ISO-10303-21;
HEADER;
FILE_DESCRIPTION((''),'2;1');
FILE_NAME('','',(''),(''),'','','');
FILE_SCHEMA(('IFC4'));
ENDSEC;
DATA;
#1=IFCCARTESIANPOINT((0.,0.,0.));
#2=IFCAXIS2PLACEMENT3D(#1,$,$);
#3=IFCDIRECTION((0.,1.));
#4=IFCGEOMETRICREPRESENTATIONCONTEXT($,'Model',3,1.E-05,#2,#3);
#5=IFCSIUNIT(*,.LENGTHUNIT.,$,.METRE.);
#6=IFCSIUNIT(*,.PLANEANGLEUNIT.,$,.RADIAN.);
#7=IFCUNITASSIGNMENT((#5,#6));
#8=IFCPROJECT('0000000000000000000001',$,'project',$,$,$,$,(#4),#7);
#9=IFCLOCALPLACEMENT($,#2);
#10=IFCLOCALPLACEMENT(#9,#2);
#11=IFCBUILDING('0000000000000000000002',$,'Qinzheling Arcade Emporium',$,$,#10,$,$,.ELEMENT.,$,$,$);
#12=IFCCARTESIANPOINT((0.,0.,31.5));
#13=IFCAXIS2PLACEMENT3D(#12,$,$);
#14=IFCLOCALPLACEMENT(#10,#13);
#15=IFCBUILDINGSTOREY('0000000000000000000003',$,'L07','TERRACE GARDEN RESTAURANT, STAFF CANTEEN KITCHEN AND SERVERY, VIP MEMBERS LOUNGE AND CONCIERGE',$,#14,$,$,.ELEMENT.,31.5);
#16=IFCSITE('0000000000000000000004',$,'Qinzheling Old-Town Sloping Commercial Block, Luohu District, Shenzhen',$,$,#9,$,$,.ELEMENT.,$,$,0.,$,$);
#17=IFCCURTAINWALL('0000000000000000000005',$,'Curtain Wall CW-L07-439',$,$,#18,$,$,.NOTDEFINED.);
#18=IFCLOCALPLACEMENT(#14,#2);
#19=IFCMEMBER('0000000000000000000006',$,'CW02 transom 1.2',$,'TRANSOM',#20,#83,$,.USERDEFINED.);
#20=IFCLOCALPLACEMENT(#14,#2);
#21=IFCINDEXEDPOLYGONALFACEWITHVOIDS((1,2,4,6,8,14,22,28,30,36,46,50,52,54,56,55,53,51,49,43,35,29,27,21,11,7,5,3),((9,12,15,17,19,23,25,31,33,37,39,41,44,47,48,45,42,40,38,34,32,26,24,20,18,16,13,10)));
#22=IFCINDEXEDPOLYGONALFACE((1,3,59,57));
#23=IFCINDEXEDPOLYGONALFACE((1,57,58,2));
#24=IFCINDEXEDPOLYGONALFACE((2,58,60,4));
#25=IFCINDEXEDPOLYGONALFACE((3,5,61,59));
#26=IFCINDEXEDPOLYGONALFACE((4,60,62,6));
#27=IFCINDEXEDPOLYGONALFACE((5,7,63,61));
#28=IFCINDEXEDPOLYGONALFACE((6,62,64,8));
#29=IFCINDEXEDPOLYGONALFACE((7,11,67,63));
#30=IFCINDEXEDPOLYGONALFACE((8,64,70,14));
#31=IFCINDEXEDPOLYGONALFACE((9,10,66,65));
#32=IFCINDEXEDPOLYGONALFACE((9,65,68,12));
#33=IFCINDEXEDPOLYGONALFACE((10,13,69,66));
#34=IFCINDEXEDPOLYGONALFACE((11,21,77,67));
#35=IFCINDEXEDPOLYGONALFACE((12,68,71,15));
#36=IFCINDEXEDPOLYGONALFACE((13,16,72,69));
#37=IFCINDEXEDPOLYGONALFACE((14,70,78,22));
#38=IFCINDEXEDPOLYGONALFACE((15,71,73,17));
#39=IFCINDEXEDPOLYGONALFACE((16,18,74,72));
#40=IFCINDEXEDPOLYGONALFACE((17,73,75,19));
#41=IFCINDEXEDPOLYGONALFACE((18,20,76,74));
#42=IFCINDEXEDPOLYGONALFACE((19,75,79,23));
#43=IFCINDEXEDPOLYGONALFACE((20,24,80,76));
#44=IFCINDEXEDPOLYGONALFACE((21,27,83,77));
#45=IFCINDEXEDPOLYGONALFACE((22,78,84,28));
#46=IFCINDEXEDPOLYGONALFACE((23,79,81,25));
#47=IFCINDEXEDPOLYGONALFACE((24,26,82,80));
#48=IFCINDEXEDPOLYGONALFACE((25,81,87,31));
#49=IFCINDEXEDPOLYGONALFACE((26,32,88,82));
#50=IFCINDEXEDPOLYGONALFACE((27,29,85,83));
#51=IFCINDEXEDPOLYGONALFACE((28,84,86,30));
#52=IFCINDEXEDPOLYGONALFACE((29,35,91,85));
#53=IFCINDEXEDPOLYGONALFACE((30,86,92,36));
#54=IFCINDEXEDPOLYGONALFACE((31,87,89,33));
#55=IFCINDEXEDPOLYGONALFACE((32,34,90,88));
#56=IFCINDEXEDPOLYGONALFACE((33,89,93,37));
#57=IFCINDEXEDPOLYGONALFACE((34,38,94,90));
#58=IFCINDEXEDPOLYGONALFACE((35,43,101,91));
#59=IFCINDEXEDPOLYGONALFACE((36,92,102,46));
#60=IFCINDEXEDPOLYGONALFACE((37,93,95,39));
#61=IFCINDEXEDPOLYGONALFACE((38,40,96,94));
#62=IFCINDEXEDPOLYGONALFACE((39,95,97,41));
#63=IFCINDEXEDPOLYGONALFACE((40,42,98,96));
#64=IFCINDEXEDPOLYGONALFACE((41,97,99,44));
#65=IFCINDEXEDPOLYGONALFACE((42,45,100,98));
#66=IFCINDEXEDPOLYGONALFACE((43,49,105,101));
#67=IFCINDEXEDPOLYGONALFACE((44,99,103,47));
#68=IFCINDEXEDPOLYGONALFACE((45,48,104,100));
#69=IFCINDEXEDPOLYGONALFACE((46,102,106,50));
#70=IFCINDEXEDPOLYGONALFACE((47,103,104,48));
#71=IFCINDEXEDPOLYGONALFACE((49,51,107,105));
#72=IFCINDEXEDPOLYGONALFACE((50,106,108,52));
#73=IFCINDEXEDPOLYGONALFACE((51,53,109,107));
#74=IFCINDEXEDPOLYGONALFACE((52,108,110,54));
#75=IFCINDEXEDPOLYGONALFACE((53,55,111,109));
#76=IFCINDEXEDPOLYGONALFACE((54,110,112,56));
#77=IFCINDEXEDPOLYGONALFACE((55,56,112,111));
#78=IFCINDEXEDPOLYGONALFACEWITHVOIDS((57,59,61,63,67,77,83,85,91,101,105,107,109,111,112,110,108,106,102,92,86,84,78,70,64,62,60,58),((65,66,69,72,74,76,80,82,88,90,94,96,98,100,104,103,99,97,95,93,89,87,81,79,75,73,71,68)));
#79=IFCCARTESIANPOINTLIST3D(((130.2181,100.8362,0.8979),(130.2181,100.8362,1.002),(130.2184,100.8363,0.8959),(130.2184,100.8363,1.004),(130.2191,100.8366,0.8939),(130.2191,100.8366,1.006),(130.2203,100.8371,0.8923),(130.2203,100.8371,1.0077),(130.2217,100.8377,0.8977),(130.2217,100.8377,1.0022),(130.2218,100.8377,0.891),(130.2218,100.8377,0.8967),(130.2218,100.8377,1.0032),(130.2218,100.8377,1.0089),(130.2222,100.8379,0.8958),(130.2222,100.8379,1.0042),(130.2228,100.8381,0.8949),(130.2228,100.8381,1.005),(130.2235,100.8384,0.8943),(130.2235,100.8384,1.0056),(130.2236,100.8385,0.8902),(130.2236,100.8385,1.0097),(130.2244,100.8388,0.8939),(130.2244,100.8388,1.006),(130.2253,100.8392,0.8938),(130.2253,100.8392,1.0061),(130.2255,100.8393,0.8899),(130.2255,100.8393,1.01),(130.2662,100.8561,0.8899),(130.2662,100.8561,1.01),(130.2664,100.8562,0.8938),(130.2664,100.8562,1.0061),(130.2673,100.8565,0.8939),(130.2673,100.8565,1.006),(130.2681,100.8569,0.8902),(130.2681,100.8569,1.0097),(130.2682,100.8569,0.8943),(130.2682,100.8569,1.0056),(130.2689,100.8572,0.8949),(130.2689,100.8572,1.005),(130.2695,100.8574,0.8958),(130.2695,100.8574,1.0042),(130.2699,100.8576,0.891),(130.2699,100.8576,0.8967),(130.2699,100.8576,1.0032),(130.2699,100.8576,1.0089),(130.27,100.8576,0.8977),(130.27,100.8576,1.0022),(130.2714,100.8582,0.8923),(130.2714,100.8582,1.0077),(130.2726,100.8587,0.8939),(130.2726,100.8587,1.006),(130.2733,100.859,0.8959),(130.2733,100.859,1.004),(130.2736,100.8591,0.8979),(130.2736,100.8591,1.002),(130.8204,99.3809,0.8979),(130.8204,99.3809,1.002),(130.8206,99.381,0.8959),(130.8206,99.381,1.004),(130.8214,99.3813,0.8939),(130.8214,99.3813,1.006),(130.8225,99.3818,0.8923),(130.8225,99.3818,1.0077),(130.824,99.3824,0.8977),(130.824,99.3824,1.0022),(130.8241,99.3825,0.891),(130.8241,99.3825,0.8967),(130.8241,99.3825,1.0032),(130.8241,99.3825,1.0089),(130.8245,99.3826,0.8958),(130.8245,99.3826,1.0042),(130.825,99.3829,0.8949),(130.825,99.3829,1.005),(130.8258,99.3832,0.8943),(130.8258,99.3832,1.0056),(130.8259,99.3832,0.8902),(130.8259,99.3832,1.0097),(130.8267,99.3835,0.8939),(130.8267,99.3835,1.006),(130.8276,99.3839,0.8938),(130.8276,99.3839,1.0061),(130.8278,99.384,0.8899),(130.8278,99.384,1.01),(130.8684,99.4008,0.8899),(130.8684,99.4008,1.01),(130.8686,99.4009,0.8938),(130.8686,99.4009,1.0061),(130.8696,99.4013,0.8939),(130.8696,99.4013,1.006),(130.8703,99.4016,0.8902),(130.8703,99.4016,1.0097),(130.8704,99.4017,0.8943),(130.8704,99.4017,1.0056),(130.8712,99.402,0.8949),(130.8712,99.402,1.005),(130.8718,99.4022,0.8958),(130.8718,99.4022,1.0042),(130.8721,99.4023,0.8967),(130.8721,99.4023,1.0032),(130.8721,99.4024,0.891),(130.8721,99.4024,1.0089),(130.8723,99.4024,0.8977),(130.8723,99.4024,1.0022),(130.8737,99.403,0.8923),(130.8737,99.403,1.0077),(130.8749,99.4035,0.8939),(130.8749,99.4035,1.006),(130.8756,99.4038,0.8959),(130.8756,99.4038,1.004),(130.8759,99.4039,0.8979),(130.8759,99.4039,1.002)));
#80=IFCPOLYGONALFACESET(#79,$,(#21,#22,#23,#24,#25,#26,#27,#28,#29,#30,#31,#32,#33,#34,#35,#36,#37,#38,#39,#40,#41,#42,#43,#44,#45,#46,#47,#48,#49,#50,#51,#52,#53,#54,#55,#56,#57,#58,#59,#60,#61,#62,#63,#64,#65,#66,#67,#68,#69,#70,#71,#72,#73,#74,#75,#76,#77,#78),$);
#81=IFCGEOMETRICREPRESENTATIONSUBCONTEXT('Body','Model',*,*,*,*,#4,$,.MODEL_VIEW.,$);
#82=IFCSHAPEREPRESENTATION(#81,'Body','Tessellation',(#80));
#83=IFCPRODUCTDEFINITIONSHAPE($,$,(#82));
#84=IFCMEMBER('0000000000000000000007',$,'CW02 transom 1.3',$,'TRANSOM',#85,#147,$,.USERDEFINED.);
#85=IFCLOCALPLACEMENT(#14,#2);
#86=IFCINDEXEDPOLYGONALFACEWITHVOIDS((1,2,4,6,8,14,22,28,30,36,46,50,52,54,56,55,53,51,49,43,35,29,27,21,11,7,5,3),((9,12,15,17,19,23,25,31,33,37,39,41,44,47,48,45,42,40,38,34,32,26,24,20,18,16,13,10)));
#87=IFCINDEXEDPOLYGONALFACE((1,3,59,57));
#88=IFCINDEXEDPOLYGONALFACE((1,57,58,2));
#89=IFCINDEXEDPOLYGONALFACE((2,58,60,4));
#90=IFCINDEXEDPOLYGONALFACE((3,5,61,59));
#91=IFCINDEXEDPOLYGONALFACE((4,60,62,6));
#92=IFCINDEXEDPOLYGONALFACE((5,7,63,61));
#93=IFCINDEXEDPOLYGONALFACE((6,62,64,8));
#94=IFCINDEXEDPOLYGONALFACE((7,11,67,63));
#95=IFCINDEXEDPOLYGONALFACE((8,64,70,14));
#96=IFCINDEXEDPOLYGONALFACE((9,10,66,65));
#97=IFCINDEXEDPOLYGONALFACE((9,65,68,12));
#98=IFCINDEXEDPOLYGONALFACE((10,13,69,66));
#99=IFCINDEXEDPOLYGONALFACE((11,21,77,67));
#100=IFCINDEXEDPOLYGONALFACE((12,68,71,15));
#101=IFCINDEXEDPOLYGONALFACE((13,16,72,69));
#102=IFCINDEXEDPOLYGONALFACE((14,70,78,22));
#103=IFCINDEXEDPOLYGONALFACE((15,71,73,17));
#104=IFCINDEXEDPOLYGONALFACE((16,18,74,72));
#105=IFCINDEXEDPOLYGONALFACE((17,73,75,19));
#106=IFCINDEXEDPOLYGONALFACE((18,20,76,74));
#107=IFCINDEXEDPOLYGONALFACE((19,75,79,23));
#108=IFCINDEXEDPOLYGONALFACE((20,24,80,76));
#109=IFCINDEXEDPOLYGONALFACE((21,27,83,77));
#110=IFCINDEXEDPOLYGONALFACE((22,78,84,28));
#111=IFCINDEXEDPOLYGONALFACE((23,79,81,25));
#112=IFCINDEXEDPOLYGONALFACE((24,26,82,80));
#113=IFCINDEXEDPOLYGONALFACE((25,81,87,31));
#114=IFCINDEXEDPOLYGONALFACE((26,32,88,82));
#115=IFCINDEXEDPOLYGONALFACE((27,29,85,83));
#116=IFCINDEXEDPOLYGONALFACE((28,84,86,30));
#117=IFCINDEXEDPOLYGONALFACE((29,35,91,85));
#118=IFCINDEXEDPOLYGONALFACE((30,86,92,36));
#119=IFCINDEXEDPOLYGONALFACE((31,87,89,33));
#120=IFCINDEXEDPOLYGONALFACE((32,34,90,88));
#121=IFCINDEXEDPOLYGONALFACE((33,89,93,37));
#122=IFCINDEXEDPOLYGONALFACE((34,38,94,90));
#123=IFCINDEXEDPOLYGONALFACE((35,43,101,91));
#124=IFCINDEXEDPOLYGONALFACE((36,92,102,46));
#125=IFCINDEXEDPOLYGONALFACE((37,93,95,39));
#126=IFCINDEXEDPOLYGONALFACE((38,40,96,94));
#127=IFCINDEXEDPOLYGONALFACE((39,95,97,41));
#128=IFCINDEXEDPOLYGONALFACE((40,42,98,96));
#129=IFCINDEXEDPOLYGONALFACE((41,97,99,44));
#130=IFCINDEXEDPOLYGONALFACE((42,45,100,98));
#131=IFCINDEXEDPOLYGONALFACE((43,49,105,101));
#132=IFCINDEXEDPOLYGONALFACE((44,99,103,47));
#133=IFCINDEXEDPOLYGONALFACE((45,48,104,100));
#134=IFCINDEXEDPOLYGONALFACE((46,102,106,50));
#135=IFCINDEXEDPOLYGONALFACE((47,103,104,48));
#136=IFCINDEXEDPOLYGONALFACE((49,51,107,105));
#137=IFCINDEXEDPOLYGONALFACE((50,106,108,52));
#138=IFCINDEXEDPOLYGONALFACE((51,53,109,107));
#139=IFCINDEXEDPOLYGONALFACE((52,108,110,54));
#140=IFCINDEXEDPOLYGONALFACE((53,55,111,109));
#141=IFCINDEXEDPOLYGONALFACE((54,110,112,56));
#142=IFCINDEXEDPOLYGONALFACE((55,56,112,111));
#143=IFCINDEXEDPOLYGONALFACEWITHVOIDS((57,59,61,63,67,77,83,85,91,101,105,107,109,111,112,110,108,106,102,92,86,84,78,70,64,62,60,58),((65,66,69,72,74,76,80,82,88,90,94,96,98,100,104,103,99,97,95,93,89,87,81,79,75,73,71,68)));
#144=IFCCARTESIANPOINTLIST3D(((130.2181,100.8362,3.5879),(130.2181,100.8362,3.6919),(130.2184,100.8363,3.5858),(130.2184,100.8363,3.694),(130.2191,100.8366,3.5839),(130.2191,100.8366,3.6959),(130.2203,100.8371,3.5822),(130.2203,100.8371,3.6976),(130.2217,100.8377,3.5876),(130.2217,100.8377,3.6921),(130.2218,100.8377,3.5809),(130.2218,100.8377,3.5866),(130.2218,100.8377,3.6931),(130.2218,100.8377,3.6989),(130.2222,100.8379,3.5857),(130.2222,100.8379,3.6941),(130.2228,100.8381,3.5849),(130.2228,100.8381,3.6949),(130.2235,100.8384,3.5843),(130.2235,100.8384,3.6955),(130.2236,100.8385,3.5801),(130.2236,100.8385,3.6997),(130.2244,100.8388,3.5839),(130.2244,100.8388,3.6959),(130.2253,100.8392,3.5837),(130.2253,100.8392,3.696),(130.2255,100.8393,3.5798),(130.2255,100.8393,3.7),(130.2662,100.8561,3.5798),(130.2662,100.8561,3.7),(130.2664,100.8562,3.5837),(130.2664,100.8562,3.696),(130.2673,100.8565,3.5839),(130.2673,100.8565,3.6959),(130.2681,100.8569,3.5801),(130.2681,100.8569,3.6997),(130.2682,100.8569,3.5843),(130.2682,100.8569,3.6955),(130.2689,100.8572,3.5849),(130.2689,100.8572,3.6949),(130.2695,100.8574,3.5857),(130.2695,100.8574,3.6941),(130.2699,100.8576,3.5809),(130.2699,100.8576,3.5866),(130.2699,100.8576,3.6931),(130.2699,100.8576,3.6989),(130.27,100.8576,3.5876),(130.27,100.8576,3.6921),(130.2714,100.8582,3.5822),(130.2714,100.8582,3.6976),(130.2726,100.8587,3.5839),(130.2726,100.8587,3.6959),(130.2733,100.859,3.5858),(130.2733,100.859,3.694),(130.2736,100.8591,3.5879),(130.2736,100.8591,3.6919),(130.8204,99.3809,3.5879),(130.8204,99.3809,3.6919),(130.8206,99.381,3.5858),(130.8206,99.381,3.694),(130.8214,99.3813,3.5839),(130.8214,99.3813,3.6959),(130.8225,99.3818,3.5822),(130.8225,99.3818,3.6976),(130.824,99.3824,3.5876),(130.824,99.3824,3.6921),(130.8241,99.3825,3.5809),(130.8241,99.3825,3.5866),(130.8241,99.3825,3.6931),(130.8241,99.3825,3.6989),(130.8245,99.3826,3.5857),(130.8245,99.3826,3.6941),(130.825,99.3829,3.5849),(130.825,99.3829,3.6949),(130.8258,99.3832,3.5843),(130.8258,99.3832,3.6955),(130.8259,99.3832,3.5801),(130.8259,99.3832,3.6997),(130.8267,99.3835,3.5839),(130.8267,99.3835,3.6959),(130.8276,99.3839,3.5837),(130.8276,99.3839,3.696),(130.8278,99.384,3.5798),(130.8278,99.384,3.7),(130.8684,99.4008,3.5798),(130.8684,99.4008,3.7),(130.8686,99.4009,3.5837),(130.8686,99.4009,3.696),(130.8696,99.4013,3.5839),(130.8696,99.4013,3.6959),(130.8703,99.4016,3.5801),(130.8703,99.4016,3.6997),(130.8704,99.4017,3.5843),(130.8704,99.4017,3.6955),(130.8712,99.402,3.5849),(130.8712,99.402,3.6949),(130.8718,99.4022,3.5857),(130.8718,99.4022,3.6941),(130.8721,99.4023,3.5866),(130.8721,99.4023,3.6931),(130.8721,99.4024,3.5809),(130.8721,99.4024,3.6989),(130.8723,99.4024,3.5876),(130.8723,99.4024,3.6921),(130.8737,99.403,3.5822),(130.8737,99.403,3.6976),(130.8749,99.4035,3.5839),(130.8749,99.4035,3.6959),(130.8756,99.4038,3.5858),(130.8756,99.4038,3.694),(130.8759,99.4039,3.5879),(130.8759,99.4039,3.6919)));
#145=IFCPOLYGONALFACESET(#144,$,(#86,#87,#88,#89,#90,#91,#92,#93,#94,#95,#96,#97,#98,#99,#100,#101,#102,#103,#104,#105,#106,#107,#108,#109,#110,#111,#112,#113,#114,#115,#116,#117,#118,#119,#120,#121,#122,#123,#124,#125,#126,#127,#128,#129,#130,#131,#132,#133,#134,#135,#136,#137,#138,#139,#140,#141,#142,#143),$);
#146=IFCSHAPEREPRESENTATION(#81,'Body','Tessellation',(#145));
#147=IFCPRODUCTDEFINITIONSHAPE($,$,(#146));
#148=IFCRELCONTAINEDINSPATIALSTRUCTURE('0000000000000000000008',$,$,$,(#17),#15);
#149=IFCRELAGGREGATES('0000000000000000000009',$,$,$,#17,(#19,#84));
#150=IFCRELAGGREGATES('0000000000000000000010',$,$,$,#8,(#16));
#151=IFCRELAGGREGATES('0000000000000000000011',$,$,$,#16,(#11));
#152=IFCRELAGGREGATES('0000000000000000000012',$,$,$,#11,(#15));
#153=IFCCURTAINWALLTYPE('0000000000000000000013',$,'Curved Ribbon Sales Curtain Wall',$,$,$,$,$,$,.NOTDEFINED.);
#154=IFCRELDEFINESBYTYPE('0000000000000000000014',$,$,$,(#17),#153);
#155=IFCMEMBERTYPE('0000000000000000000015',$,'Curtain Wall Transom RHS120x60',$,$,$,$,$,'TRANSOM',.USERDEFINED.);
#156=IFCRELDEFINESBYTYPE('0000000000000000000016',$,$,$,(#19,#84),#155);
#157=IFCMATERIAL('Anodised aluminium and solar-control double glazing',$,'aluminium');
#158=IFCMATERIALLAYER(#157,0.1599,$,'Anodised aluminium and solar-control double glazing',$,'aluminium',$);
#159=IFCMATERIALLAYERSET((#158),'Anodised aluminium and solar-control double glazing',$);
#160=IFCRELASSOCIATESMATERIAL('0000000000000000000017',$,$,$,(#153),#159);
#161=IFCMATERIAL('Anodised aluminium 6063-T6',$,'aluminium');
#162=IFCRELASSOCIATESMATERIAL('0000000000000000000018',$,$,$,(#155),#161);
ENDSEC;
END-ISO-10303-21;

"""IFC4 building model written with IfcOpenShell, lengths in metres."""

from ifc_helpers import new_model, si_unit, direction, frame, origin, origin_2d, place, context, subcontext, project, spatial, hollow_rectangle, extrude, material, layer, layer_set, material_profile, profile_set, type_object, element, aggregate, save


model = new_model("IFC4")

# Units and contexts
model_context = context("Model", 3, precision=1e-05, world=origin(), true_north=direction((0.0, 1.0)))
body_context = subcontext(model_context, "Body", "Model", "MODEL_VIEW")
ifc_project = project(units=[si_unit("LENGTHUNIT", "METRE"), si_unit("PLANEANGLEUNIT", "RADIAN")], contexts=[model_context])

# Site, building, storey
site_placement = place(None, origin())
site = spatial("IfcSite", under=ifc_project, at=site_placement, Name="Qinzheling Old-Town Sloping Commercial Block, Luohu District, Shenzhen", CompositionType="ELEMENT", RefElevation=0.0)
building_placement = place(site_placement, origin())
building = spatial("IfcBuilding", under=site, at=building_placement, Name="Qinzheling Arcade Emporium", CompositionType="ELEMENT")
storey_placement = place(building_placement, frame((0.0, 0.0, 31.5)))
storey = spatial("IfcBuildingStorey", under=building, at=storey_placement, Name="L07", Description="TERRACE GARDEN RESTAURANT, STAFF CANTEEN KITCHEN AND SERVERY, VIP MEMBERS LOUNGE AND CONCIERGE", CompositionType="ELEMENT", Elevation=31.5)

# Shared definitions
ifc_material_1 = material(Name="Anodised aluminium and solar-control double glazing", Category="aluminium")
ifc_layer_1 = layer(ifc_material_1, 0.1599, Name="Anodised aluminium and solar-control double glazing", Category="aluminium")
ifc_layer_set_1 = layer_set([ifc_layer_1], Name="Anodised aluminium and solar-control double glazing")
curtain_wall_type = type_object("IfcCurtainWallType", Name="Curved Ribbon Sales Curtain Wall", PredefinedType="NOTDEFINED", material=ifc_layer_set_1)
ifc_material_2 = material(Name="Anodised aluminium 6063-T6", Category="aluminium")

# Curtain wall
curtain_wall_1_placement = place(storey_placement, origin())
curtain_wall_1 = element("IfcCurtainWall", 1, at=curtain_wall_1_placement, inside=storey, type_object=curtain_wall_type, Name="Curtain Wall CW-L07-439", PredefinedType="NOTDEFINED")

# Members
ifc_material_profile_1 = material_profile(ifc_material_2, hollow_rectangle(XDim=0.0601, YDim=0.1201, WallThickness=0.0039, InnerFilletRadius=0.0039, OuterFilletRadius=0.0081, at=origin_2d()), Name="RHS 120x60x4", Category="aluminium")
ifc_profile_set_1 = profile_set([ifc_material_profile_1], Name="Anodised aluminium 6063-T6")
member_type_1 = type_object("IfcMemberType", Name="Curtain Wall Transom RHS120x60", ElementType="TRANSOM", PredefinedType="USERDEFINED", material=ifc_profile_set_1)
member_1_placement = place(storey_placement, frame((130.2458, 100.8477, 0.95), z_axis=(0.382402, -0.923996, 0.0), x_axis=(0.923996, 0.382402, 0.0)))
member_1 = element("IfcMember", 2, at=member_1_placement, type_object=member_type_1, Name="CW02 transom 1.2", ObjectType="TRANSOM", PredefinedType="USERDEFINED", context=body_context, shape_type="SweptSolid", body=[
    extrude(hollow_rectangle(XDim=0.0601, YDim=0.1201, WallThickness=0.0039, InnerFilletRadius=0.0039, OuterFilletRadius=0.0081, at=origin_2d()), origin(), (0.0, 0.0, 1.0), 1.575),
])
member_2_placement = place(storey_placement, frame((130.2458, 100.8477, 3.6399), z_axis=(0.382402, -0.923996, 0.0), x_axis=(0.923996, 0.382402, 0.0)))
member_2 = element("IfcMember", 3, at=member_2_placement, type_object=member_type_1, Name="CW02 transom 1.3", ObjectType="TRANSOM", PredefinedType="USERDEFINED", context=body_context, shape_type="SweptSolid", body=[
    extrude(hollow_rectangle(XDim=0.0601, YDim=0.1201, WallThickness=0.0039, InnerFilletRadius=0.0039, OuterFilletRadius=0.0081, at=origin_2d()), origin(), (0.0, 0.0, 1.0), 1.575),
])

aggregate(curtain_wall_1, [member_1, member_2])

save(model, "model.ifc")
